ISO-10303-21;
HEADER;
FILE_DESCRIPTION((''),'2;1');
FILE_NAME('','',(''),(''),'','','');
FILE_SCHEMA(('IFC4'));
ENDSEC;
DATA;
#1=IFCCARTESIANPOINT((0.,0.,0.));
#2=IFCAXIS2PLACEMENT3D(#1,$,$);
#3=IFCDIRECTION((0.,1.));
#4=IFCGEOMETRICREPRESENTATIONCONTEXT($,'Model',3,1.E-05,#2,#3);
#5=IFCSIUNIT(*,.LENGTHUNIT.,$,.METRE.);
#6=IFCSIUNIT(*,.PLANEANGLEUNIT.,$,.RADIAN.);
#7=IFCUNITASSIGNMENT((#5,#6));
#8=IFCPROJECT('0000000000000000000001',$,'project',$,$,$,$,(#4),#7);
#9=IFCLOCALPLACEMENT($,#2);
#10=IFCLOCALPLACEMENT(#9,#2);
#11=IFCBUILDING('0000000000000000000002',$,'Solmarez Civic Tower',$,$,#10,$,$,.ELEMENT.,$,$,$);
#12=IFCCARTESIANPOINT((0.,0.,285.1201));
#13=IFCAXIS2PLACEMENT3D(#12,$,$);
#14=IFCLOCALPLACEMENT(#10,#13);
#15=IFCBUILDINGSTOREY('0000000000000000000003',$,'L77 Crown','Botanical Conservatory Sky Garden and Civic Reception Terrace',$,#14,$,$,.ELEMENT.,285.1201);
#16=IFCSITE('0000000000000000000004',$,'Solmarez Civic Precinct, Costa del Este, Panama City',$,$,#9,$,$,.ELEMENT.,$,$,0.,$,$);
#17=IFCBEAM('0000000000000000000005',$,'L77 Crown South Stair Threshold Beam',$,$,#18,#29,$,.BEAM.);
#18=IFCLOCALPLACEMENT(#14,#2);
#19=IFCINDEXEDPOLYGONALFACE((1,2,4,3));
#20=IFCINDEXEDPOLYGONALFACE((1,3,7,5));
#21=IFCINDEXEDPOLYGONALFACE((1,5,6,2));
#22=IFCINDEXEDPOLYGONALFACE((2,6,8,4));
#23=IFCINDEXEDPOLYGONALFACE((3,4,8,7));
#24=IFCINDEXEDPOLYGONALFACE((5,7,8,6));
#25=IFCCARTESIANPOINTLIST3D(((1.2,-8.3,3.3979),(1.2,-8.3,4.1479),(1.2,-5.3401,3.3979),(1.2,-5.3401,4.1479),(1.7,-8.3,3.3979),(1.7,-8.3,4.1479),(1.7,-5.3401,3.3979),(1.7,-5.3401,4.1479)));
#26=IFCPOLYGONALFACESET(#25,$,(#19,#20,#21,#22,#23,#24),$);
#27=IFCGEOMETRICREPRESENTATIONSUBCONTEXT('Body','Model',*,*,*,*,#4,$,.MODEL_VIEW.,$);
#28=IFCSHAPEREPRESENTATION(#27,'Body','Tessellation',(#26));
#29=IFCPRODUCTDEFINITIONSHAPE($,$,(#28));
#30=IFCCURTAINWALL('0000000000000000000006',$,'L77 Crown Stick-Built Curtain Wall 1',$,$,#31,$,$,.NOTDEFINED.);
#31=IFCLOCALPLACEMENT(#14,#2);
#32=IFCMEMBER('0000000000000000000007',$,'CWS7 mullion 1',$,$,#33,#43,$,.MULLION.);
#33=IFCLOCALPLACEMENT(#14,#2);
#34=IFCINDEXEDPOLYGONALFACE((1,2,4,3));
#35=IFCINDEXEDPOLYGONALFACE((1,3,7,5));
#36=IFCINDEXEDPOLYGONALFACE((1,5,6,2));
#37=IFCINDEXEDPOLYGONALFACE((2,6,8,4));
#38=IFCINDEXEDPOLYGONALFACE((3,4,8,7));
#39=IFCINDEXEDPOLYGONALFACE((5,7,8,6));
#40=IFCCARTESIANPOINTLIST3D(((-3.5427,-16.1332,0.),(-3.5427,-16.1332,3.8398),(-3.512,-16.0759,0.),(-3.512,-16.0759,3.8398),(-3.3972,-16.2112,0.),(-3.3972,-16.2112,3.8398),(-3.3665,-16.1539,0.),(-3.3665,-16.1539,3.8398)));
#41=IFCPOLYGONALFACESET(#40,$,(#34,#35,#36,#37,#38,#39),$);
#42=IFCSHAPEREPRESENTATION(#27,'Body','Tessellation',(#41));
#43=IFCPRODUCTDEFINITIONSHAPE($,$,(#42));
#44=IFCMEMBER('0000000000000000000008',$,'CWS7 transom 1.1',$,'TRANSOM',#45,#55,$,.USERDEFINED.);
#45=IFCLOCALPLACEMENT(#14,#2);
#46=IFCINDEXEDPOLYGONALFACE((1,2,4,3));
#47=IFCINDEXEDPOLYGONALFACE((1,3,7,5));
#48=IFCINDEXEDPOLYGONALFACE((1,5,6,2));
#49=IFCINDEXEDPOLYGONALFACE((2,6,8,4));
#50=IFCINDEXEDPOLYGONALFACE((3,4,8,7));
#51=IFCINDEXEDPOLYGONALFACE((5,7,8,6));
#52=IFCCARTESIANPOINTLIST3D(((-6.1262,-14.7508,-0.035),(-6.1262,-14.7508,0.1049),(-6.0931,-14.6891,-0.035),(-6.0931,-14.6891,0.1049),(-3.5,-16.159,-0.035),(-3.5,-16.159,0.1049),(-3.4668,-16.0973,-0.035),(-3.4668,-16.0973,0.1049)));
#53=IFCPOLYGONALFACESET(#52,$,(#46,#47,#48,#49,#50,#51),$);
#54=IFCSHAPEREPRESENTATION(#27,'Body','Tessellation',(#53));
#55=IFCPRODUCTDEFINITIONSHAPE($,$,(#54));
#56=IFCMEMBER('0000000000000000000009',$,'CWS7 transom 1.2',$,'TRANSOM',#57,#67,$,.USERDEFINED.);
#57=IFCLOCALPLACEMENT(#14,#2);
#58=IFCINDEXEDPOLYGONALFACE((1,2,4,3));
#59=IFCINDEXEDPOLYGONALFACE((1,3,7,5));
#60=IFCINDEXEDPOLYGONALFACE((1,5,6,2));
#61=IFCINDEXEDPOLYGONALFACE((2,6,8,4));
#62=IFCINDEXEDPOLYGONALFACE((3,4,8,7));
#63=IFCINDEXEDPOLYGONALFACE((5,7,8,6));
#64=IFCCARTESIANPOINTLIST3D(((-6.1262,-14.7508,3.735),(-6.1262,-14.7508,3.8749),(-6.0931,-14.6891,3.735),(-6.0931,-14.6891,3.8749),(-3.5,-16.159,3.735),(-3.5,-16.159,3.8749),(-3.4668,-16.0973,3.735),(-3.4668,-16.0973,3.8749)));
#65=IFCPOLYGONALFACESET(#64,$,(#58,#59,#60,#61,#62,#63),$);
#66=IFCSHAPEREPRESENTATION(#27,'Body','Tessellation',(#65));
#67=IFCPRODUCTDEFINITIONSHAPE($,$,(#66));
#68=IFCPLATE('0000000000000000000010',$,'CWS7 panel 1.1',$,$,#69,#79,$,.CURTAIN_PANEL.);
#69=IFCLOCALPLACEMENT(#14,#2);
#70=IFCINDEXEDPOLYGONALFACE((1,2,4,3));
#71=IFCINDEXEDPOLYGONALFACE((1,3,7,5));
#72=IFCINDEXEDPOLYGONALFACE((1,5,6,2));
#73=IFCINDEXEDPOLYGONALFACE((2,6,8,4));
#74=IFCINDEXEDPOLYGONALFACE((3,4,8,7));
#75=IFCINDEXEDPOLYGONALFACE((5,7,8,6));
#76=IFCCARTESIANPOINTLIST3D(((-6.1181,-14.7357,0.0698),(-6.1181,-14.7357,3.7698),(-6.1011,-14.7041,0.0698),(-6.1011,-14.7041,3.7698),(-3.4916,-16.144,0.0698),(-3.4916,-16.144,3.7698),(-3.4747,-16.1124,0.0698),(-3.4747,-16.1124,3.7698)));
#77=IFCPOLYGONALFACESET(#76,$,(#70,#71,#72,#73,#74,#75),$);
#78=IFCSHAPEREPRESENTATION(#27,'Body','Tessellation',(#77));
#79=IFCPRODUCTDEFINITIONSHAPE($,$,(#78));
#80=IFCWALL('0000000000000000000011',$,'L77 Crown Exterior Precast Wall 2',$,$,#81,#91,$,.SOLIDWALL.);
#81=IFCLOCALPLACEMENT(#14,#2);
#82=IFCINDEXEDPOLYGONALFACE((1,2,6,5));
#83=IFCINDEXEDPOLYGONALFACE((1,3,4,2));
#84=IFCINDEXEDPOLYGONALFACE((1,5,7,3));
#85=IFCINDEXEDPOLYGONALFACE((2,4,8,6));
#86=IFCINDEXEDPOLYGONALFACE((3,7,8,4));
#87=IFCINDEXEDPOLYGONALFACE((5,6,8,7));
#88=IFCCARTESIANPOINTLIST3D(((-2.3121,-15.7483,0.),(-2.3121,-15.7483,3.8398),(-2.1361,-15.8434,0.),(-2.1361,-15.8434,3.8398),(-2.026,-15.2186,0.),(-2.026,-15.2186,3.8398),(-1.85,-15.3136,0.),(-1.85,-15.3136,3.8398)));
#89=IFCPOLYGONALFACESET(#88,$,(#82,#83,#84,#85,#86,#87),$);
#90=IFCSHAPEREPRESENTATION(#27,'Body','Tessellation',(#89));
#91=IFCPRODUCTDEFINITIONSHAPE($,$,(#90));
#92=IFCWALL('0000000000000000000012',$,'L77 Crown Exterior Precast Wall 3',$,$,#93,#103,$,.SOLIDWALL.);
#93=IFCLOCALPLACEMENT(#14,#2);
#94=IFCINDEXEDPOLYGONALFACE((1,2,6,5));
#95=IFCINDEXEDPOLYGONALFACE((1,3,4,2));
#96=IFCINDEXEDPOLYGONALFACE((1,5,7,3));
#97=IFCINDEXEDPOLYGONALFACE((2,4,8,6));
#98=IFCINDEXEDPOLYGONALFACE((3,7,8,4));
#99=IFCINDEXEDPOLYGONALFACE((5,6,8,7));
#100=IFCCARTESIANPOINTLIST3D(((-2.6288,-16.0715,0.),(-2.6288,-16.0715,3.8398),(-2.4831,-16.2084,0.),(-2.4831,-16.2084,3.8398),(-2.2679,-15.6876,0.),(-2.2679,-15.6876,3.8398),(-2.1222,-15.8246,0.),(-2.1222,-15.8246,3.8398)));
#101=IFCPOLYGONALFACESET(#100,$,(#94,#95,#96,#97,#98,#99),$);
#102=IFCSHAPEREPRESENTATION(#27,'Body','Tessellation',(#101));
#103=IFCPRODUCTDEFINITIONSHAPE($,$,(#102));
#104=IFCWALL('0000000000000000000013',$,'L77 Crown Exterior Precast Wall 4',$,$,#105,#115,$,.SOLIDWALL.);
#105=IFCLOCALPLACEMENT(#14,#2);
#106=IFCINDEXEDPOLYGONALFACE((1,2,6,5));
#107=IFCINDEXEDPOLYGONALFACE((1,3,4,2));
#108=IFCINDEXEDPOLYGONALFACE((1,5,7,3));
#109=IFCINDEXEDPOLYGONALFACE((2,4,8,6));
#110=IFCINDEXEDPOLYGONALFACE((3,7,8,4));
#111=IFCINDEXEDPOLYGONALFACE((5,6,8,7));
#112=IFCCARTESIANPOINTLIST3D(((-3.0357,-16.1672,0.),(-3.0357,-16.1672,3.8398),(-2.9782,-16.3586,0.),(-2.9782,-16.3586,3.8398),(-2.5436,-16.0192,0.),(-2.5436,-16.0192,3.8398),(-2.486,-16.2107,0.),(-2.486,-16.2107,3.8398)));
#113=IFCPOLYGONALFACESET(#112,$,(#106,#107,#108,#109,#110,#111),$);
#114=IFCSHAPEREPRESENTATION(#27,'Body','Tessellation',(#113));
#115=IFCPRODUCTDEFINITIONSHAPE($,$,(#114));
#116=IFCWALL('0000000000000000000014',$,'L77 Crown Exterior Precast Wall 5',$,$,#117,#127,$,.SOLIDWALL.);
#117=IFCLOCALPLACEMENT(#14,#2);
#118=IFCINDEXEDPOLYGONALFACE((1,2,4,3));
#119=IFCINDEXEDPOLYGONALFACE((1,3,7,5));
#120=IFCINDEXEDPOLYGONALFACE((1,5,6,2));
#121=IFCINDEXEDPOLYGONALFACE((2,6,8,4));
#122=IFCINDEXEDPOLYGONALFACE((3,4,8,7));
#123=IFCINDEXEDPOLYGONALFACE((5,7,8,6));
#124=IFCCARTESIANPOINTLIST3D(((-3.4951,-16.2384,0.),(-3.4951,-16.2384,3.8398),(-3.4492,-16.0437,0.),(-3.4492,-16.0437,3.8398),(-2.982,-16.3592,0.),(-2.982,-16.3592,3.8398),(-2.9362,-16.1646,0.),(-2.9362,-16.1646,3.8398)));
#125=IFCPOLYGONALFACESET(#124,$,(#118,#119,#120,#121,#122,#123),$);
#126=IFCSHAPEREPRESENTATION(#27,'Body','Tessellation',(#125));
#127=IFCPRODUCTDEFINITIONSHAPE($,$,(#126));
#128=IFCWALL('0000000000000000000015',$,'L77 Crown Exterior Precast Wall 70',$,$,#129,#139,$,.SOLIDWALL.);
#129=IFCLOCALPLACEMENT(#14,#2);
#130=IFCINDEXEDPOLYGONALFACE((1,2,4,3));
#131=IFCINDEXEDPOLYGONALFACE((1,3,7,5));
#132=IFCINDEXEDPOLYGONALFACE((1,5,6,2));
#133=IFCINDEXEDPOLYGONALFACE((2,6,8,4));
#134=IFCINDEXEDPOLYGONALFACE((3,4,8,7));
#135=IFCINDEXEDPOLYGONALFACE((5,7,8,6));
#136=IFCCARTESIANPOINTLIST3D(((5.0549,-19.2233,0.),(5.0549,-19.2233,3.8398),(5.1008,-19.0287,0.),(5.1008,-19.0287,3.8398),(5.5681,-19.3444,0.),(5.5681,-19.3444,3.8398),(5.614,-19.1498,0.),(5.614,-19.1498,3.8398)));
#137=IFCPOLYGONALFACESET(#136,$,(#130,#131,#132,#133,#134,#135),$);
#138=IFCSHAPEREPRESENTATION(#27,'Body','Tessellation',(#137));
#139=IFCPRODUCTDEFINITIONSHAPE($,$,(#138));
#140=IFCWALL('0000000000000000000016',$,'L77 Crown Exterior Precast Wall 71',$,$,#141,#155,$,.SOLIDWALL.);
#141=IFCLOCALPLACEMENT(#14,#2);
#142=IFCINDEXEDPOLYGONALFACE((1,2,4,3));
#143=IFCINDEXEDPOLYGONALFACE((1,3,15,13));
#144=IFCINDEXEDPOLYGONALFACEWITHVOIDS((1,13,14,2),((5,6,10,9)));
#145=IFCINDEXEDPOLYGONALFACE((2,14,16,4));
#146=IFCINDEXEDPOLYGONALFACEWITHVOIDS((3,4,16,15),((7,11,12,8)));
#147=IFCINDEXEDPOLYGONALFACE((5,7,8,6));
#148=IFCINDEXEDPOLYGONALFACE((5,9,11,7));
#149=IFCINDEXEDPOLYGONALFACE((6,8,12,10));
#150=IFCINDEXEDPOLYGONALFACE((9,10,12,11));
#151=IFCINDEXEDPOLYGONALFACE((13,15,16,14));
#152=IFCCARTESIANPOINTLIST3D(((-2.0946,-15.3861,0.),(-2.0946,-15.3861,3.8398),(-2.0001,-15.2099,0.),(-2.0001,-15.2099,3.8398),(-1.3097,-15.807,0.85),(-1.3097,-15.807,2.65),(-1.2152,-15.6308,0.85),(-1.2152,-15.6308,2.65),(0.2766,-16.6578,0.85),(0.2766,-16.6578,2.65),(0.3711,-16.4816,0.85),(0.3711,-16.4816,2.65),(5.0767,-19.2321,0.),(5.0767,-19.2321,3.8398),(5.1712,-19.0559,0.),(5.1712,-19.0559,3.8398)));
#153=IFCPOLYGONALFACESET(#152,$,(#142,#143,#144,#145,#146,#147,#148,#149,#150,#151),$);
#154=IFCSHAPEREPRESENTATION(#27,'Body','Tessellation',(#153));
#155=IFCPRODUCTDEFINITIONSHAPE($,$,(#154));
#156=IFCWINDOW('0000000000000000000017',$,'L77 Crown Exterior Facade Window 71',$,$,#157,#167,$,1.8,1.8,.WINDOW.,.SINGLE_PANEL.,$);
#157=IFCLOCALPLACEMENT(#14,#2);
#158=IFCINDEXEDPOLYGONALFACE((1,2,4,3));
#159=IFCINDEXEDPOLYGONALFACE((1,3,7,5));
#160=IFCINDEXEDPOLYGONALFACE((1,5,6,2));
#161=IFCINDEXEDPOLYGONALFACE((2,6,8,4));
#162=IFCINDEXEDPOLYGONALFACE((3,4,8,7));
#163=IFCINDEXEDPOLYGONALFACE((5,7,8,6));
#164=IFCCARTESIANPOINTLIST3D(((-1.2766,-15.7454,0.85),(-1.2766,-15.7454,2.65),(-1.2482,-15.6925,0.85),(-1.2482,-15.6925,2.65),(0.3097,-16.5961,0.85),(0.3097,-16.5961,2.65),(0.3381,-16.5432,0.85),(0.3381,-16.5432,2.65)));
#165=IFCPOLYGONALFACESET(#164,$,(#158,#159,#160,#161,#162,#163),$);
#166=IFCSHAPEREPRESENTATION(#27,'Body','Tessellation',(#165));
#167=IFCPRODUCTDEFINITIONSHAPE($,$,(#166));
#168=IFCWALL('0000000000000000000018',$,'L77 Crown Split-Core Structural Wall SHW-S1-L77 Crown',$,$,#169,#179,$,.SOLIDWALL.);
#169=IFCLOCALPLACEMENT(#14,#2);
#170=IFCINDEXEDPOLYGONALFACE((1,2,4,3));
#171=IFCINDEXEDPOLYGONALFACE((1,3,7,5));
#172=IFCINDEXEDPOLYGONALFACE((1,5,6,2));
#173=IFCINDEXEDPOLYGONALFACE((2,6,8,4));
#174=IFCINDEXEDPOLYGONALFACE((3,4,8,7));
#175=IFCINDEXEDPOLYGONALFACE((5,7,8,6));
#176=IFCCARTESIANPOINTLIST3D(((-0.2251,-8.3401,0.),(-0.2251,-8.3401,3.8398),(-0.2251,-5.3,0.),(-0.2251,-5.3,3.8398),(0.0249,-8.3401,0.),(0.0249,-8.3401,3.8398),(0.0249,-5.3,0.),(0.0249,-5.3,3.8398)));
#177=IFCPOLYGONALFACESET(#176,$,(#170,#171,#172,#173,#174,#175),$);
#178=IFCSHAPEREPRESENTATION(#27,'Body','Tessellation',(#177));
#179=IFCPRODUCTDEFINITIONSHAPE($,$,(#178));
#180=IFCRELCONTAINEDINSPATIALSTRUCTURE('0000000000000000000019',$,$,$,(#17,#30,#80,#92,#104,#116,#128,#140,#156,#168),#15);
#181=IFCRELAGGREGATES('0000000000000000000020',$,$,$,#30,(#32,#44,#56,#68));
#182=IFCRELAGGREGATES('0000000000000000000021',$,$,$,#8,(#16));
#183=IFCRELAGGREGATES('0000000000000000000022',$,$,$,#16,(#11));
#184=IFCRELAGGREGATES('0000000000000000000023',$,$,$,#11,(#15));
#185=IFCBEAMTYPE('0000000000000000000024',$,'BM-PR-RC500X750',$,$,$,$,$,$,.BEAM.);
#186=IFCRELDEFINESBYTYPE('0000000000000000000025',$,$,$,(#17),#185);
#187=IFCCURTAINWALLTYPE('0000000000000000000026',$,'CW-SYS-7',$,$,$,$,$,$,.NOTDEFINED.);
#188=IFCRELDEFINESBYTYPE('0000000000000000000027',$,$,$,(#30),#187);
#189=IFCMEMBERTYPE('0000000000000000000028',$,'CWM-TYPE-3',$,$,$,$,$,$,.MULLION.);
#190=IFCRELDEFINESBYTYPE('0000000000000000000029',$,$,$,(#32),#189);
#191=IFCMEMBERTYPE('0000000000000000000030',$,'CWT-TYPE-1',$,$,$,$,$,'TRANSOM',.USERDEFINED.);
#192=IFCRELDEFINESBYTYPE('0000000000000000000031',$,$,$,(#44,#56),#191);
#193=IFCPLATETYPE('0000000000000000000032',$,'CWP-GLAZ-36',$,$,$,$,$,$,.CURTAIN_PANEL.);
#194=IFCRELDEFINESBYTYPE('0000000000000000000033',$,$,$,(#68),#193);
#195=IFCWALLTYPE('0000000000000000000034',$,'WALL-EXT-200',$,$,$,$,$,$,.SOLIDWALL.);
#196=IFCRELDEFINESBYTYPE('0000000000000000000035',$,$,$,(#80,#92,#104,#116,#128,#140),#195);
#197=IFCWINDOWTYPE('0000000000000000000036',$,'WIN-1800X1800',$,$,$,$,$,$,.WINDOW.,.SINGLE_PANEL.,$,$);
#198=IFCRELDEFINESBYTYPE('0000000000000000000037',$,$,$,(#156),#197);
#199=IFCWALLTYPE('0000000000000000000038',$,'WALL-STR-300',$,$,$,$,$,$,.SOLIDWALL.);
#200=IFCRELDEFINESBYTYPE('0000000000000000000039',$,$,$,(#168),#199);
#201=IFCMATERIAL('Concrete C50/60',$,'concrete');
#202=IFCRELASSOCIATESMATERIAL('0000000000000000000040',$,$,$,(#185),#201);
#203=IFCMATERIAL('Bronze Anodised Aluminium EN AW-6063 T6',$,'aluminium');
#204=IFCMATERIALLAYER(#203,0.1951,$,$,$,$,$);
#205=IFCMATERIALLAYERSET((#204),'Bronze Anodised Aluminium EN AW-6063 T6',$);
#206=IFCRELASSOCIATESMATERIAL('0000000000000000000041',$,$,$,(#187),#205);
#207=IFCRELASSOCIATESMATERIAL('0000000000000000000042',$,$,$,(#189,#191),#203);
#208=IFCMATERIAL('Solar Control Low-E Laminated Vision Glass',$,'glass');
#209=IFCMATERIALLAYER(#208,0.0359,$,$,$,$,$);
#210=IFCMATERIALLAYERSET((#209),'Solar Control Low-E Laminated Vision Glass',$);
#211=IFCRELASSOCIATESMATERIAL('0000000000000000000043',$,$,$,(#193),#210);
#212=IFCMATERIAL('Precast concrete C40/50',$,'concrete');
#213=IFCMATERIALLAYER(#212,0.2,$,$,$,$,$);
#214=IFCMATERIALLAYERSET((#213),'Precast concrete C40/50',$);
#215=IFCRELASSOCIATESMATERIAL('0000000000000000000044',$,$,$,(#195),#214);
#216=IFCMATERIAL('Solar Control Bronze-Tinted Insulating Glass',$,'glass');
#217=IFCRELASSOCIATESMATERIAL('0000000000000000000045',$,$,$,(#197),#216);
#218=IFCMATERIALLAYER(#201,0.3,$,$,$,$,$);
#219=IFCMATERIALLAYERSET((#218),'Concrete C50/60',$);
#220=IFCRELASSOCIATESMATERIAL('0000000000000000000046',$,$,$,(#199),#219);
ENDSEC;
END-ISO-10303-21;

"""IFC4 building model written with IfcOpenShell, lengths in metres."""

from ifc_helpers import new_model, si_unit, direction, frame, frame_2d, origin, origin_2d, place, context, subcontext, project, spatial, rectangle, extrude, material, layer, layer_set, material_profile, profile_set, type_object, element, fill, aggregate, save


model = new_model("IFC4")

# Units and contexts
model_context = context("Model", 3, precision=1e-05, world=origin(), true_north=direction((0.0, 1.0)))
body_context = subcontext(model_context, "Body", "Model", "MODEL_VIEW")
ifc_project = project(units=[si_unit("LENGTHUNIT", "METRE"), si_unit("PLANEANGLEUNIT", "RADIAN")], contexts=[model_context])

# Site, building, storey
site_placement = place(None, origin())
site = spatial("IfcSite", under=ifc_project, at=site_placement, Name="Solmarez Civic Precinct, Costa del Este, Panama City", CompositionType="ELEMENT", RefElevation=0.0)
building_placement = place(site_placement, origin())
building = spatial("IfcBuilding", under=site, at=building_placement, Name="Solmarez Civic Tower", CompositionType="ELEMENT")
storey_placement = place(building_placement, frame((0.0, 0.0, 285.1201)))
storey = spatial("IfcBuildingStorey", under=building, at=storey_placement, Name="L77 Crown", Description="Botanical Conservatory Sky Garden and Civic Reception Terrace", CompositionType="ELEMENT", Elevation=285.1201)

# Beam
ifc_material_1 = material(Name="Concrete C50/60", Category="concrete")
ifc_material_profile_1 = material_profile(ifc_material_1, rectangle(XDim=0.5, YDim=0.75, at=origin_2d()), Name="RC500X750")
ifc_profile_set_1 = profile_set([ifc_material_profile_1], Name="Concrete C50/60")
beam_type = type_object("IfcBeamType", Name="BM-PR-RC500X750", PredefinedType="BEAM", material=ifc_profile_set_1)
beam_placement = place(storey_placement, frame((1.45, -8.3, 3.7729), z_axis=(0.0, 1.0, 0.0), x_axis=(-1.0, 0.0, 0.0)))
element("IfcBeam", 1, at=beam_placement, inside=storey, type_object=beam_type, Name="L77 Crown South Stair Threshold Beam", PredefinedType="BEAM", context=body_context, shape_type="SweptSolid", body=[
    extrude(rectangle(XDim=0.5, YDim=0.75, at=origin_2d()), origin(), (0.0, 0.0, 1.0), 2.96),
])

# Curtain wall, members, plate
ifc_material_2 = material(Name="Bronze Anodised Aluminium EN AW-6063 T6", Category="aluminium")
ifc_layer_1 = layer(ifc_material_2, 0.1951)
ifc_layer_set_1 = layer_set([ifc_layer_1], Name="Bronze Anodised Aluminium EN AW-6063 T6")
curtain_wall_type = type_object("IfcCurtainWallType", Name="CW-SYS-7", PredefinedType="NOTDEFINED", material=ifc_layer_set_1)
curtain_wall_placement = place(storey_placement, origin())
curtain_wall = element("IfcCurtainWall", 2, at=curtain_wall_placement, inside=storey, type_object=curtain_wall_type, Name="L77 Crown Stick-Built Curtain Wall 1", PredefinedType="NOTDEFINED")
ifc_material_profile_2 = material_profile(ifc_material_2, rectangle(XDim=0.0649, YDim=0.165, at=origin_2d()), Name="CWM-65X165")
ifc_profile_set_2 = profile_set([ifc_material_profile_2], Name="Bronze Anodised Aluminium EN AW-6063 T6")
member_type_1 = type_object("IfcMemberType", Name="CWM-TYPE-3", PredefinedType="MULLION", material=ifc_profile_set_2)
member_1_placement = place(storey_placement, frame((-3.4546, -16.1436, 0.0), z_axis=(0.0, 0.0, 1.0), x_axis=(-0.472549, -0.881304, 0.0)))
member_1 = element("IfcMember", 3, at=member_1_placement, type_object=member_type_1, Name="CWS7 mullion 1", PredefinedType="MULLION", context=body_context, shape_type="SweptSolid", body=[
    extrude(rectangle(XDim=0.0649, YDim=0.165, at=origin_2d()), origin(), (0.0, 0.0, 1.0), 3.8398),
])
ifc_material_profile_3 = material_profile(ifc_material_2, rectangle(XDim=0.0701, YDim=0.1399, at=origin_2d()), Name="CWT-70X140")
ifc_profile_set_3 = profile_set([ifc_material_profile_3], Name="Bronze Anodised Aluminium EN AW-6063 T6")
member_type_2 = type_object("IfcMemberType", Name="CWT-TYPE-1", ElementType="TRANSOM", PredefinedType="USERDEFINED", material=ifc_profile_set_3)
member_2_placement = place(storey_placement, frame((-3.4834, -16.1282, 0.0349), z_axis=(-0.881298, 0.47256, 0.0), x_axis=(-0.47256, -0.881298, 0.0)))
member_2 = element("IfcMember", 4, at=member_2_placement, type_object=member_type_2, Name="CWS7 transom 1.1", ObjectType="TRANSOM", PredefinedType="USERDEFINED", context=body_context, shape_type="SweptSolid", body=[
    extrude(rectangle(XDim=0.0701, YDim=0.1399, at=origin_2d()), origin(), (0.0, 0.0, 1.0), 2.98),
])
member_3_placement = place(storey_placement, frame((-3.4834, -16.1282, 3.8049), z_axis=(-0.881298, 0.47256, 0.0), x_axis=(-0.47256, -0.881298, 0.0)))
member_3 = element("IfcMember", 5, at=member_3_placement, type_object=member_type_2, Name="CWS7 transom 1.2", ObjectType="TRANSOM", PredefinedType="USERDEFINED", context=body_context, shape_type="SweptSolid", body=[
    extrude(rectangle(XDim=0.0701, YDim=0.1399, at=origin_2d()), origin(), (0.0, 0.0, 1.0), 2.98),
])
ifc_material_3 = material(Name="Solar Control Low-E Laminated Vision Glass", Category="glass")
ifc_layer_2 = layer(ifc_material_3, 0.0359)
ifc_layer_set_2 = layer_set([ifc_layer_2], Name="Solar Control Low-E Laminated Vision Glass")
plate_type = type_object("IfcPlateType", Name="CWP-GLAZ-36", PredefinedType="CURTAIN_PANEL", material=ifc_layer_set_2)
plate_placement = place(storey_placement, frame((-4.7964, -15.4241, 0.0698), z_axis=(0.0, 0.0, 1.0), x_axis=(-0.881304, 0.472549, 0.0)))
plate = element("IfcPlate", 6, at=plate_placement, type_object=plate_type, Name="CWS7 panel 1.1", PredefinedType="CURTAIN_PANEL", context=body_context, shape_type="SweptSolid", body=[
    extrude(rectangle(XDim=2.9802, YDim=0.0359, at=origin_2d()), origin(), (0.0, 0.0, 1.0), 3.7),
])
aggregate(curtain_wall, [member_1, member_2, member_3, plate])

# Walls
ifc_material_4 = material(Name="Precast concrete C40/50", Category="concrete")
ifc_layer_3 = layer(ifc_material_4, 0.2)
ifc_layer_set_3 = layer_set([ifc_layer_3], Name="Precast concrete C40/50")
wall_type_1 = type_object("IfcWallType", Name="WALL-EXT-200", PredefinedType="SOLIDWALL", material=ifc_layer_set_3)
wall_1_placement = place(storey_placement, frame((-1.938, -15.2661, 0.0), z_axis=(0.0, 0.0, 1.0), x_axis=(-0.475212, -0.879871, 0.0)))
element("IfcWall", 7, at=wall_1_placement, inside=storey, type_object=wall_type_1, Name="L77 Crown Exterior Precast Wall 2", PredefinedType="SOLIDWALL", context=body_context, shape_type="SweptSolid", body=[
    extrude(rectangle(XDim=0.6021, YDim=0.2, at=frame_2d((0.301, 0.0))), origin(), (0.0, 0.0, 1.0), 3.8398),
])
wall_2_placement = place(storey_placement, frame((-2.1951, -15.7561, 0.0), z_axis=(0.0, 0.0, 1.0), x_axis=(-0.684989, -0.728554, 0.0)))
element("IfcWall", 8, at=wall_2_placement, inside=storey, type_object=wall_type_1, Name="L77 Crown Exterior Precast Wall 3", PredefinedType="SOLIDWALL", context=body_context, shape_type="SweptSolid", body=[
    extrude(rectangle(XDim=0.5269, YDim=0.2, at=frame_2d((0.2634, 0.0))), origin(), (0.0, 0.0, 1.0), 3.8398),
])
wall_3_placement = place(storey_placement, frame((-2.5149, -16.115, 0.0), z_axis=(0.0, 0.0, 1.0), x_axis=(-0.957669, -0.287871, 0.0)))
element("IfcWall", 9, at=wall_3_placement, inside=storey, type_object=wall_type_1, Name="L77 Crown Exterior Precast Wall 4", PredefinedType="SOLIDWALL", context=body_context, shape_type="SweptSolid", body=[
    extrude(rectangle(XDim=0.5139, YDim=0.2, at=frame_2d((0.2568, 0.0))), origin(), (0.0, 0.0, 1.0), 3.8398),
])
wall_4_placement = place(storey_placement, frame((-2.959, -16.262, 0.0), z_axis=(0.0, 0.0, 1.0), x_axis=(-0.97335, 0.229323, 0.0)))
element("IfcWall", 10, at=wall_4_placement, inside=storey, type_object=wall_type_1, Name="L77 Crown Exterior Precast Wall 5", PredefinedType="SOLIDWALL", context=body_context, shape_type="SweptSolid", body=[
    extrude(rectangle(XDim=0.5271, YDim=0.2, at=frame_2d((0.2637, 0.0))), origin(), (0.0, 0.0, 1.0), 3.8398),
])
wall_5_placement = place(storey_placement, frame((5.5911, -19.2471, 0.0), z_axis=(0.0, 0.0, 1.0), x_axis=(-0.973271, 0.229659, 0.0)))
element("IfcWall", 11, at=wall_5_placement, inside=storey, type_object=wall_type_1, Name="L77 Crown Exterior Precast Wall 70", PredefinedType="SOLIDWALL", context=body_context, shape_type="SweptSolid", body=[
    extrude(rectangle(XDim=0.5273, YDim=0.2, at=frame_2d((0.2637, 0.0))), origin(), (0.0, 0.0, 1.0), 3.8398),
])

# Wall, opening, window
wall_6_placement = place(storey_placement, frame((5.124, -19.144, 0.0), z_axis=(0.0, 0.0, 1.0), x_axis=(-0.881262, 0.472628, 0.0)))
wall_6 = element("IfcWall", 12, at=wall_6_placement, inside=storey, type_object=wall_type_1, Name="L77 Crown Exterior Precast Wall 71", PredefinedType="SOLIDWALL", context=body_context, shape_type="SweptSolid", body=[
    extrude(rectangle(XDim=8.1375, YDim=0.2, at=frame_2d((4.0688, 0.0))), origin(), (0.0, 0.0, 1.0), 3.8398),
])
opening_placement = place(wall_6_placement, frame((5.447, 0.0, 0.8501)))
opening = element("IfcOpeningElement", 13, at=opening_placement, cuts=wall_6, PredefinedType="OPENING", context=body_context, shape_type="SweptSolid", body=[
    extrude(rectangle(XDim=1.8, YDim=1.8, at=frame_2d((0.8999, 0.8999))), frame((0.0, 0.1099, 0.0), z_axis=(0.0, -1.0, 0.0), x_axis=(1.0, 0.0, 0.0)), (0.0, 0.0, 1.0), 0.22),
])
ifc_material_5 = material(Name="Solar Control Bronze-Tinted Insulating Glass", Category="glass")
window_type = type_object("IfcWindowType", Name="WIN-1800X1800", PartitioningType="SINGLE_PANEL", PredefinedType="WINDOW", material=ifc_material_5)
window_placement = place(opening_placement, origin())
window = element("IfcWindow", 14, at=window_placement, inside=storey, type_object=window_type, Name="L77 Crown Exterior Facade Window 71", OverallHeight=1.8, OverallWidth=1.8, PartitioningType="SINGLE_PANEL", PredefinedType="WINDOW", context=body_context, shape_type="SweptSolid", body=[
    extrude(rectangle(XDim=1.8, YDim=1.8, at=frame_2d((0.8999, 0.8999))), frame((0.0, 0.03, 0.0), z_axis=(0.0, -1.0, 0.0), x_axis=(1.0, 0.0, 0.0)), (0.0, 0.0, 1.0), 0.0601),
])
fill(opening, window)

# Wall
ifc_layer_4 = layer(ifc_material_1, 0.3)
ifc_layer_set_4 = layer_set([ifc_layer_4], Name="Concrete C50/60")
wall_type_2 = type_object("IfcWallType", Name="WALL-STR-300", PredefinedType="SOLIDWALL", material=ifc_layer_set_4)
for number, where, z_axis, x_axis, name in (
    (15, (-0.1001, -8.3401, 0.0), (0.0, 0.0, 1.0), (0.0, 1.0, 0.0), "L77 Crown Split-Core Structural Wall SHW-S1-L77 Crown"),
):
    element("IfcWall", number, at=place(storey_placement, frame(where, z_axis=z_axis, x_axis=x_axis)), inside=storey, type_object=wall_type_2, Name=name, PredefinedType="SOLIDWALL", context=body_context, shape_type="SweptSolid", body=[
        extrude(rectangle(XDim=3.04, YDim=0.25, at=frame_2d((1.52, 0.0))), origin(), (0.0, 0.0, 1.0), 3.8398),
    ])

save(model, "model.ifc")
